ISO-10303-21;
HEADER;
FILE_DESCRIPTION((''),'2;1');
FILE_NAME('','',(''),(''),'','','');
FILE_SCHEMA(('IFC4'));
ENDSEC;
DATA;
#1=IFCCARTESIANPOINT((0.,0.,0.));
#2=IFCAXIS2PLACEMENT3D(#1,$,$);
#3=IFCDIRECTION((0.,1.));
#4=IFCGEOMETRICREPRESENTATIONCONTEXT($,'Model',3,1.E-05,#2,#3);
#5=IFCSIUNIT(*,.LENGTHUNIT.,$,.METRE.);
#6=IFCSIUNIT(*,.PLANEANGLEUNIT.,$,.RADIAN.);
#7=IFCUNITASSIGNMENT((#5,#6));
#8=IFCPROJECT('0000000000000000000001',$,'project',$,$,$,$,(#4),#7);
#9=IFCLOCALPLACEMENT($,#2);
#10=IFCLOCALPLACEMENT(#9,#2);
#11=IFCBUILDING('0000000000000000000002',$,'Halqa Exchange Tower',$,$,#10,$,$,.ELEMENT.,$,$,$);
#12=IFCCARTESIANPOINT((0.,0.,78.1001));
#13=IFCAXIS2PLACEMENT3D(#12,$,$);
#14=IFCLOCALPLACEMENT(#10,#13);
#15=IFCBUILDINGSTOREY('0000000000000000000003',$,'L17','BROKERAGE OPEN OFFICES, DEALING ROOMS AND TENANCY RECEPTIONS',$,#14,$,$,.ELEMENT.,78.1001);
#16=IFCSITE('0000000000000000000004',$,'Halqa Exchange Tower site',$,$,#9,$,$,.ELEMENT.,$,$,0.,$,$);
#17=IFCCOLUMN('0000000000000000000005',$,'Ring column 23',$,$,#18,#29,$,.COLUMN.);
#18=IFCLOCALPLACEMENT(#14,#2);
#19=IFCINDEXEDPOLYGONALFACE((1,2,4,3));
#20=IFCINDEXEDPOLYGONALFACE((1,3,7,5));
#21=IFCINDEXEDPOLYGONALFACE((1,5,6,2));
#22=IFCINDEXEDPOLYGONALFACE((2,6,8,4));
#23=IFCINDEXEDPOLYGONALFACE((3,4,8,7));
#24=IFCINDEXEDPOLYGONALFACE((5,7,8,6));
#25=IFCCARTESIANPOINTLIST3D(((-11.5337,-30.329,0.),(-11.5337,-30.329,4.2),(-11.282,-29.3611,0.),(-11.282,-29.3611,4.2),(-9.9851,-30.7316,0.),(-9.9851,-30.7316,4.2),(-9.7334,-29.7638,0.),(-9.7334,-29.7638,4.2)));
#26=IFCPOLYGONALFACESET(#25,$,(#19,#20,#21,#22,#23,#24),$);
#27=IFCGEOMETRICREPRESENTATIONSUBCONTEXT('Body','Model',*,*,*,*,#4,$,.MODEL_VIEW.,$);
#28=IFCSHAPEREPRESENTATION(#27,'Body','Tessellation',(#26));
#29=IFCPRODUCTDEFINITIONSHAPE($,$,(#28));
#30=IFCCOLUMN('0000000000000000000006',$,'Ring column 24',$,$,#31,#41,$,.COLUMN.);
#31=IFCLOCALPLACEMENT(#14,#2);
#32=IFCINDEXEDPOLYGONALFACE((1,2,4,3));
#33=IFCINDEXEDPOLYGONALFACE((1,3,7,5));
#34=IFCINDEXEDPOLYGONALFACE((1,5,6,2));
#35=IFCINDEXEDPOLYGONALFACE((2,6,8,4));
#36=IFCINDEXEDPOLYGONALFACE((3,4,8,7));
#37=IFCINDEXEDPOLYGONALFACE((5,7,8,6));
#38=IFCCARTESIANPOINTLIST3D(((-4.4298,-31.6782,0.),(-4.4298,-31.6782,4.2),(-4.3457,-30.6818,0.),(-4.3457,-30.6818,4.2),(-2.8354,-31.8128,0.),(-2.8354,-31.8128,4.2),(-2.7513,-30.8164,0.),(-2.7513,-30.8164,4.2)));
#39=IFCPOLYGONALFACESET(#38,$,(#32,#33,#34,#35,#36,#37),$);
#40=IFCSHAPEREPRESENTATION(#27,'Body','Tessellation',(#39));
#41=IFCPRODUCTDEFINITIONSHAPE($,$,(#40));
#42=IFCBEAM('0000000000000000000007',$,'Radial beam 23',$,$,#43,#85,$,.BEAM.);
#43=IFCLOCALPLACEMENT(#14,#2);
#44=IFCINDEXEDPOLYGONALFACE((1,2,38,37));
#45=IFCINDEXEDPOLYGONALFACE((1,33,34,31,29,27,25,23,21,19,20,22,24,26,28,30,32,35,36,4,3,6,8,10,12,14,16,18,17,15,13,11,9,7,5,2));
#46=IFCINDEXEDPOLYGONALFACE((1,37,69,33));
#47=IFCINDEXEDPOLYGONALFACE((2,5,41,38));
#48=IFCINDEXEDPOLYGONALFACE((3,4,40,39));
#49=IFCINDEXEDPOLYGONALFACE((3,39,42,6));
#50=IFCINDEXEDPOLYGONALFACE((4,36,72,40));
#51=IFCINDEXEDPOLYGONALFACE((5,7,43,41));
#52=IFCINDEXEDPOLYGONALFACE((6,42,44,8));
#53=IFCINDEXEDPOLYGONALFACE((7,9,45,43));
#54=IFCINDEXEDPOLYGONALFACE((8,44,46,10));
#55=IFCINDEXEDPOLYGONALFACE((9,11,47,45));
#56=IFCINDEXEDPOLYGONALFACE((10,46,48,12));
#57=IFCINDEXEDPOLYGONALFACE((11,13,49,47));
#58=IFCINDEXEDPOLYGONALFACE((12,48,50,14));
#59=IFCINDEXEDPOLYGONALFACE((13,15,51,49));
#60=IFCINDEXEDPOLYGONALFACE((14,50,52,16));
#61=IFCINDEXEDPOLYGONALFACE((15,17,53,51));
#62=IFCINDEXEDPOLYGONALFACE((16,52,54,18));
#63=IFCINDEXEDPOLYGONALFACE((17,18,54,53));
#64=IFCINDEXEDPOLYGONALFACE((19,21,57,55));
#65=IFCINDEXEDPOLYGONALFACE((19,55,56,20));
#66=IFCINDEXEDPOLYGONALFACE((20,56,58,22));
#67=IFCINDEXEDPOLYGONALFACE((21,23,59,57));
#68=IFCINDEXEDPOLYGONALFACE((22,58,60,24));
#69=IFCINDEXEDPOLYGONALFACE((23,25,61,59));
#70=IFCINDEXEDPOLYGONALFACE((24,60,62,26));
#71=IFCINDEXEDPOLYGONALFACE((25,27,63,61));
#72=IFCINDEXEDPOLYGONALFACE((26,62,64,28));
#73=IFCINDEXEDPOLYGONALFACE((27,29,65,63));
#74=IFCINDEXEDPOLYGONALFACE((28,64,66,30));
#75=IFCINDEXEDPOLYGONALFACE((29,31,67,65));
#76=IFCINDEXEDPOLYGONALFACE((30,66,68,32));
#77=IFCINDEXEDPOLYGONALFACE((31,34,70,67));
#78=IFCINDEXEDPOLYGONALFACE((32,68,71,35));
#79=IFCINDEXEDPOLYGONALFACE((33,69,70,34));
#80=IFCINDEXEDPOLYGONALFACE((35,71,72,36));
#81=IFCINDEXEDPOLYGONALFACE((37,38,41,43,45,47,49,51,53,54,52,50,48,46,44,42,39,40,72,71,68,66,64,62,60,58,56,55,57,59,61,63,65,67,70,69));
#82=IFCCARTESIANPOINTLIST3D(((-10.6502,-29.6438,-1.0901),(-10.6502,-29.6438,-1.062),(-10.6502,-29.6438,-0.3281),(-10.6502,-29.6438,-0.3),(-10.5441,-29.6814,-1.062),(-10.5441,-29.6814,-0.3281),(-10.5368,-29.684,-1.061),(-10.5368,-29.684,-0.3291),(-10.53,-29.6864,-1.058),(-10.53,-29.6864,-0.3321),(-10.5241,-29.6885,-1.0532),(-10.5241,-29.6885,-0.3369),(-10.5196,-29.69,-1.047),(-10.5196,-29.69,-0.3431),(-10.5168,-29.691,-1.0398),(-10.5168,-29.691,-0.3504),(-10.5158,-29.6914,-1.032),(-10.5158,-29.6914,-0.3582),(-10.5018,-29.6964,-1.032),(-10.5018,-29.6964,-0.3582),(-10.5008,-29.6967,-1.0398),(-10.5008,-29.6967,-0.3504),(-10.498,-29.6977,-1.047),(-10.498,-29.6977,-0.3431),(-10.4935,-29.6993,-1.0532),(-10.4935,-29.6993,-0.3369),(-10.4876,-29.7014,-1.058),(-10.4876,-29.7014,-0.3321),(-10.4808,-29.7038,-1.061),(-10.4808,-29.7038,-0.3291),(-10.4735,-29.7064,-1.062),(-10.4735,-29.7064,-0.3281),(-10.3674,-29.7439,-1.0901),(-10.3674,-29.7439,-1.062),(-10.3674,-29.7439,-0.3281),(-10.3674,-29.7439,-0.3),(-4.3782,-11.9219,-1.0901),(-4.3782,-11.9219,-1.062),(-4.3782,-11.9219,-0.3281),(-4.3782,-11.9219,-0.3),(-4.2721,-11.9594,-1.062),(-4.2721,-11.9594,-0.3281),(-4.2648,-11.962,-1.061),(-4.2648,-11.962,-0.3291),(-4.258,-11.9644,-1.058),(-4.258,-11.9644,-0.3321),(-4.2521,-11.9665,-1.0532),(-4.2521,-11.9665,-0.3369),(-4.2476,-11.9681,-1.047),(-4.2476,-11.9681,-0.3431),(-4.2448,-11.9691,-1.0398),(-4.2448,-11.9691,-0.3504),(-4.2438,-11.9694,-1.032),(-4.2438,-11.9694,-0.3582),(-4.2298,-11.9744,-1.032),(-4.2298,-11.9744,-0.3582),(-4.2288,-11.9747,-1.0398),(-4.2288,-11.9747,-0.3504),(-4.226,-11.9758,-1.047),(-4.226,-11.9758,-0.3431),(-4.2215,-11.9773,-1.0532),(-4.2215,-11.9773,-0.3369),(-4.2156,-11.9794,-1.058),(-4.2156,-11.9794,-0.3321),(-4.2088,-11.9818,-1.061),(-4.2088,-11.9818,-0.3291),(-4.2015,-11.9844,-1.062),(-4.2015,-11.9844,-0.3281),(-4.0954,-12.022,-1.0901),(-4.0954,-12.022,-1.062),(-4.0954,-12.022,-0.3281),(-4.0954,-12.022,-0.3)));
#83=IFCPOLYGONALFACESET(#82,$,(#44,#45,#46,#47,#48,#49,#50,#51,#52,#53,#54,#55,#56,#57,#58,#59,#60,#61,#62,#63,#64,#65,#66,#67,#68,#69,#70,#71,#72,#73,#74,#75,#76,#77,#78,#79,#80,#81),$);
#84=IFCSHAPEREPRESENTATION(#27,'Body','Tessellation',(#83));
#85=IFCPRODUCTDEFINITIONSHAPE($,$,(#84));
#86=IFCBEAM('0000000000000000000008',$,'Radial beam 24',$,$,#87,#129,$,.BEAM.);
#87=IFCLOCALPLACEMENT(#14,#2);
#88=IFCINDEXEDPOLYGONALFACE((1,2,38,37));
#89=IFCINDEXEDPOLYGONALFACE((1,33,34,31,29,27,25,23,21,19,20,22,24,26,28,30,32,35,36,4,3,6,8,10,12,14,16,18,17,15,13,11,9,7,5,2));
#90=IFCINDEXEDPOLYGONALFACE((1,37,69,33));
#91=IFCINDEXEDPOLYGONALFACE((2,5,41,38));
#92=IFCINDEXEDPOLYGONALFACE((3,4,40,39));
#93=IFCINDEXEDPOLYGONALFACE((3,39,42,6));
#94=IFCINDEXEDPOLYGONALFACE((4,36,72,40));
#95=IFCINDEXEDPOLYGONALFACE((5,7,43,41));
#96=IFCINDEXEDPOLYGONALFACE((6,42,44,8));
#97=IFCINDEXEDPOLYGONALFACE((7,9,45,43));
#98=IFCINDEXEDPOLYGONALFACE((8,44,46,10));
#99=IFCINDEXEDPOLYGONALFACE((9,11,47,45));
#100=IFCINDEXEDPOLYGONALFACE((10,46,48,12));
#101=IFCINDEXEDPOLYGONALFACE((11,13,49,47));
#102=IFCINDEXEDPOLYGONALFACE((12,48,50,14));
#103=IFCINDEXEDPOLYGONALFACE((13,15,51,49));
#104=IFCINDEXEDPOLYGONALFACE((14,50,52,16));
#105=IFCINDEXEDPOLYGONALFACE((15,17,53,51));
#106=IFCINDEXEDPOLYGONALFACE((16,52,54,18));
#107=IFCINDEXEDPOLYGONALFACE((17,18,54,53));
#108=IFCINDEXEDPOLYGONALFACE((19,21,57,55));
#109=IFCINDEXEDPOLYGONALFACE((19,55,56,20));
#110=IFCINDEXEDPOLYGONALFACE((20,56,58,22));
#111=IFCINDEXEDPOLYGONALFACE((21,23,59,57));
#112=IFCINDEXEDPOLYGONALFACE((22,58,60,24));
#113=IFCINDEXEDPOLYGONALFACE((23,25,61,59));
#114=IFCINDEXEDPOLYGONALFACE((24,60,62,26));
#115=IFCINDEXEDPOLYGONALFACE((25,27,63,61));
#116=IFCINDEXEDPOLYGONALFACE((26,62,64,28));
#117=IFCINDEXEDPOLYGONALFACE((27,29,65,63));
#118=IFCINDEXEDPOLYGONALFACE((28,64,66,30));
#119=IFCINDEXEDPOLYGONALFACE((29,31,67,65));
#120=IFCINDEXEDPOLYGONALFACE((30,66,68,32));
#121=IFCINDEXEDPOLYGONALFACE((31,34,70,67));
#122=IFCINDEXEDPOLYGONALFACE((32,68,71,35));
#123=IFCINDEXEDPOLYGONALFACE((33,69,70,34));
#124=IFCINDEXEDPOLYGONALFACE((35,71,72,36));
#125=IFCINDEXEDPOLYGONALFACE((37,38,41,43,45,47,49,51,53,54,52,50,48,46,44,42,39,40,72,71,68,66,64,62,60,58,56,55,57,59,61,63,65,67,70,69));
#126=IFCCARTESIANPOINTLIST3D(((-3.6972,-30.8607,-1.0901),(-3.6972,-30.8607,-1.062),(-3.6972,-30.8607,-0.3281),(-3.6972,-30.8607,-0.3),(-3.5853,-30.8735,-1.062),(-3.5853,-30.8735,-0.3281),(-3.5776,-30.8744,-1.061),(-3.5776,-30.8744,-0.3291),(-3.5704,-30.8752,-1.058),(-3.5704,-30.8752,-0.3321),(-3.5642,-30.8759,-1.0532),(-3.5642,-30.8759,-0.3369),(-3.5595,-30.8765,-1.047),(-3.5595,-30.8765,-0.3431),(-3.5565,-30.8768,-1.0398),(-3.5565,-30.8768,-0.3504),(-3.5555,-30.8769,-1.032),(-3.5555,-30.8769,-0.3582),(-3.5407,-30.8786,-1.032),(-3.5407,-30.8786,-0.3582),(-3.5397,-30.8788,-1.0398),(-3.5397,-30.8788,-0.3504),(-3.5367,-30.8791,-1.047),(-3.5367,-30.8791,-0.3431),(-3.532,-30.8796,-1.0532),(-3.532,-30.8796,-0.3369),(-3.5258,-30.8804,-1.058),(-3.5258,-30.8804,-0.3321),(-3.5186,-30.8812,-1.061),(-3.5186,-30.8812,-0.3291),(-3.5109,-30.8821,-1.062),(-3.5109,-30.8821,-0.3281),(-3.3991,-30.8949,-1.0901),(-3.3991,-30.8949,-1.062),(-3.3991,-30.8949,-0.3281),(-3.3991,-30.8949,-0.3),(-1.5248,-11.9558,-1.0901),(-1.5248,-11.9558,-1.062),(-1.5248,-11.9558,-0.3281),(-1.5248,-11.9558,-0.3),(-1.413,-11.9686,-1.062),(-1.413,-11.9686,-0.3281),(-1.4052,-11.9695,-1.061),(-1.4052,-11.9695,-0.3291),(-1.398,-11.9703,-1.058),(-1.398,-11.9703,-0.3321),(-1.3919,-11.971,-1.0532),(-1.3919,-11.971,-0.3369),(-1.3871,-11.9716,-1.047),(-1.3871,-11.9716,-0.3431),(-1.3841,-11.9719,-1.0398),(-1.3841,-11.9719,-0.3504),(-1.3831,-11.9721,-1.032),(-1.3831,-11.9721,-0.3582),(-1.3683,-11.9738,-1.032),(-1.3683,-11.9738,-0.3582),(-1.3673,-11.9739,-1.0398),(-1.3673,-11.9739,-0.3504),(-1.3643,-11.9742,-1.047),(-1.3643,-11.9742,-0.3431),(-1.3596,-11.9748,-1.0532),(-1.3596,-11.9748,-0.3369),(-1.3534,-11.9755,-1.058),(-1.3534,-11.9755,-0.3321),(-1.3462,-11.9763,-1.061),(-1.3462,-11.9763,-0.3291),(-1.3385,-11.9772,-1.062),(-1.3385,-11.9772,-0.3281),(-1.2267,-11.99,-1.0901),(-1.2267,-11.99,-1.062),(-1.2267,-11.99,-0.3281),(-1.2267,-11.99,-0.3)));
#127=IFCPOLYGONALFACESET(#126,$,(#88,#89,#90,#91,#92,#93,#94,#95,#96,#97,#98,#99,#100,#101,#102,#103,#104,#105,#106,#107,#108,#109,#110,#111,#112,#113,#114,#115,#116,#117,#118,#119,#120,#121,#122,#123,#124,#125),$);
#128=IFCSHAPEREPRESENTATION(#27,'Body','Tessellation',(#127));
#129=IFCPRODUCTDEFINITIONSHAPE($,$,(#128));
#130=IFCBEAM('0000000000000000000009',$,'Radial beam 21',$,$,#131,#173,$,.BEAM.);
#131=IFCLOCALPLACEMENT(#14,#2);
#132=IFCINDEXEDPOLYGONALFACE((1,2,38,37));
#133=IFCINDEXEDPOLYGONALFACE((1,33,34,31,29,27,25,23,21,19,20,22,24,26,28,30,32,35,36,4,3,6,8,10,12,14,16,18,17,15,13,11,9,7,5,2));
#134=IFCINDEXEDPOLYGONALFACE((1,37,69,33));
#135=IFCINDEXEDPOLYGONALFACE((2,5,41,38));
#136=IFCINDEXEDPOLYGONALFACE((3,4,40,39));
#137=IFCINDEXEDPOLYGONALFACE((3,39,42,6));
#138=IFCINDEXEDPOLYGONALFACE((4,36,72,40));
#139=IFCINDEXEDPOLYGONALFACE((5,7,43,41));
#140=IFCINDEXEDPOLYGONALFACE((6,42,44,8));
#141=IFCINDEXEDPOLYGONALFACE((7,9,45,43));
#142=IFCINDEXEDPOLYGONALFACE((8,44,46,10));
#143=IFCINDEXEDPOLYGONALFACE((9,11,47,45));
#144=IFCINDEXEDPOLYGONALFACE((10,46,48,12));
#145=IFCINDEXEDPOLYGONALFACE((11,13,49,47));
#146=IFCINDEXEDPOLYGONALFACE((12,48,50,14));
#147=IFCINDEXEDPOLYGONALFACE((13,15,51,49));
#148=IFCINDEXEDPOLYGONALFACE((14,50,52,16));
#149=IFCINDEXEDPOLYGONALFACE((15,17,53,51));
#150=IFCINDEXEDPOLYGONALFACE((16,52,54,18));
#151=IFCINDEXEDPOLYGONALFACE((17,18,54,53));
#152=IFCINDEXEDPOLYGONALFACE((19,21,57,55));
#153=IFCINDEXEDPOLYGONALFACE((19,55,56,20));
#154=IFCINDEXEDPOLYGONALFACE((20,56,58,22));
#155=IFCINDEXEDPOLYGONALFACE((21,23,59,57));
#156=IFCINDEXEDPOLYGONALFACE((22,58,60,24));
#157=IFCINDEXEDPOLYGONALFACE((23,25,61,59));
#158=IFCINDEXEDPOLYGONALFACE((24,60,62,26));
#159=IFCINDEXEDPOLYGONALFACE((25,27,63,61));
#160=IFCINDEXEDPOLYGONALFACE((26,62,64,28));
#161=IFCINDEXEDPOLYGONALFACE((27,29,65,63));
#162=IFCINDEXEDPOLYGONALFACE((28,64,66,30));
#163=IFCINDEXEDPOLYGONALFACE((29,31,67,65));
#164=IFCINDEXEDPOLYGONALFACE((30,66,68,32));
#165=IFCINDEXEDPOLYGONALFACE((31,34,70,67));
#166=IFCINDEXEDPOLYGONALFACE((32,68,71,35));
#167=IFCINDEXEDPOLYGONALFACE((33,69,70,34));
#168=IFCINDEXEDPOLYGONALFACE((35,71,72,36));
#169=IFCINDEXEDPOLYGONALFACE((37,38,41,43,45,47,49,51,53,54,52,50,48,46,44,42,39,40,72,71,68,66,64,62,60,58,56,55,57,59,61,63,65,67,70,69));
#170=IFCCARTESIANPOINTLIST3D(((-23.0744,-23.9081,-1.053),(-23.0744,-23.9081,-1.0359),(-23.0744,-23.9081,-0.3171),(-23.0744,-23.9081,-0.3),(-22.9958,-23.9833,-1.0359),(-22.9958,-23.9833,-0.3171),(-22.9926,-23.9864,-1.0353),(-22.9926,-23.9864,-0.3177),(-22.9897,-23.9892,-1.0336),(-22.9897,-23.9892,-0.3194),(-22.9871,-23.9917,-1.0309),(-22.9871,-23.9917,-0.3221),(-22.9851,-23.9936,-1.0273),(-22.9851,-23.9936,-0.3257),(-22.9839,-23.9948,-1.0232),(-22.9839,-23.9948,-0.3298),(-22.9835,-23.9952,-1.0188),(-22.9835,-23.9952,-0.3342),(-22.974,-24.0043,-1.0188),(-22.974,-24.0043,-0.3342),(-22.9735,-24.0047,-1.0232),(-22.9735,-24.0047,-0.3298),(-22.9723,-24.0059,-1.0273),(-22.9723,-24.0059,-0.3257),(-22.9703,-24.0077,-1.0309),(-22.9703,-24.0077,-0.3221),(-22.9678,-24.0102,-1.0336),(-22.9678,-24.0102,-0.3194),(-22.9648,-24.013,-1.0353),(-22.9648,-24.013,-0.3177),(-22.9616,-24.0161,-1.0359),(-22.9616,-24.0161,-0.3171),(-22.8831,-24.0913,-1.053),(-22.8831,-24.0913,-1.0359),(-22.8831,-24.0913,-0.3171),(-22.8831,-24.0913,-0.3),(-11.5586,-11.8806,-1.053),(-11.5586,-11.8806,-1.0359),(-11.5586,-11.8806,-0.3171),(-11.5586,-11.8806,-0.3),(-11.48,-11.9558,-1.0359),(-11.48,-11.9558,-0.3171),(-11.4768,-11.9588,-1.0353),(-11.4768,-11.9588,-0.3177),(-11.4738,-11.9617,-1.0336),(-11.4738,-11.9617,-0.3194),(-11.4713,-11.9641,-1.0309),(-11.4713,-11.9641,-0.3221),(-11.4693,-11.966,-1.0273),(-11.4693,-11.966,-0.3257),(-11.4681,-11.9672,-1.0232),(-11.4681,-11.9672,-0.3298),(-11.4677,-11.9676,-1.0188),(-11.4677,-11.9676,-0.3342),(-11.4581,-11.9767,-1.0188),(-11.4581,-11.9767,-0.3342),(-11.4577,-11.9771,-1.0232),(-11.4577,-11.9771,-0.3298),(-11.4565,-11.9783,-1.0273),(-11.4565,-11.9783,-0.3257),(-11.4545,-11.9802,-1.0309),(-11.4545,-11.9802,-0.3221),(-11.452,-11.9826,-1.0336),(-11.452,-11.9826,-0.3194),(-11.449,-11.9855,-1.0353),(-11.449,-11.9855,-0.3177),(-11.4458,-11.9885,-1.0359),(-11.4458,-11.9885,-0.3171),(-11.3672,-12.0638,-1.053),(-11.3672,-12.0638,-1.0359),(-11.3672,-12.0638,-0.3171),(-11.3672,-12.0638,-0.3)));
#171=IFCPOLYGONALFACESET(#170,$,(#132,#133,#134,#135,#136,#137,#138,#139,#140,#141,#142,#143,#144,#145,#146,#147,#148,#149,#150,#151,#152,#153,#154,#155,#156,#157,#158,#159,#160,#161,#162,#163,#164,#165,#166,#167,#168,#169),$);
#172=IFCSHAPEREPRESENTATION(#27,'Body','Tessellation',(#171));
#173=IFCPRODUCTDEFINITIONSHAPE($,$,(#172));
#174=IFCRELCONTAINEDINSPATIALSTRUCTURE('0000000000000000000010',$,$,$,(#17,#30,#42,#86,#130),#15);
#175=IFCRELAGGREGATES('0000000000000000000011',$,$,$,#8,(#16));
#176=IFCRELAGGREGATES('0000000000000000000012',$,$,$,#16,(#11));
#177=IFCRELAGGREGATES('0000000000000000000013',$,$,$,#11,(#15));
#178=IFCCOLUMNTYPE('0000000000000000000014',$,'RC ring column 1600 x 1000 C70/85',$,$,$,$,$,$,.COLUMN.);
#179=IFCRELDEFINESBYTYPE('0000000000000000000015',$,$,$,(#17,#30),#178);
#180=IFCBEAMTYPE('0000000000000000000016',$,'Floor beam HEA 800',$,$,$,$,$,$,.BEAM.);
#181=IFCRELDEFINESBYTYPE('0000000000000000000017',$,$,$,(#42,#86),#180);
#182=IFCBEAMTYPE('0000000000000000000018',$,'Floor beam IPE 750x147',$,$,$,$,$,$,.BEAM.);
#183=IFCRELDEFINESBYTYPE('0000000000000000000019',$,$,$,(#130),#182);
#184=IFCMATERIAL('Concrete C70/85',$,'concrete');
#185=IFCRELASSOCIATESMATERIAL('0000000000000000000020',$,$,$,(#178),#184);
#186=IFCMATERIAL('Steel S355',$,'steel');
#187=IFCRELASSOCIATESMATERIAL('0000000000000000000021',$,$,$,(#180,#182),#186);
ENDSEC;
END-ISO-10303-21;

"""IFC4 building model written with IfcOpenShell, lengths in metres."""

from ifc_helpers import new_model, si_unit, direction, frame, origin, origin_2d, place, context, subcontext, project, spatial, rectangle, i_section, extrude, material, material_profile, profile_set, type_object, element, save


model = new_model("IFC4")

# Units and contexts
model_context = context("Model", 3, precision=1e-05, world=origin(), true_north=direction((0.0, 1.0)))
body_context = subcontext(model_context, "Body", "Model", "MODEL_VIEW")
ifc_project = project(units=[si_unit("LENGTHUNIT", "METRE"), si_unit("PLANEANGLEUNIT", "RADIAN")], contexts=[model_context])

# Site, building, storey
site_placement = place(None, origin())
site = spatial("IfcSite", under=ifc_project, at=site_placement, Name="Halqa Exchange Tower site", CompositionType="ELEMENT", RefElevation=0.0)
building_placement = place(site_placement, origin())
building = spatial("IfcBuilding", under=site, at=building_placement, Name="Halqa Exchange Tower", CompositionType="ELEMENT")
storey_placement = place(building_placement, frame((0.0, 0.0, 78.1001)))
storey = spatial("IfcBuildingStorey", under=building, at=storey_placement, Name="L17", Description="BROKERAGE OPEN OFFICES, DEALING ROOMS AND TENANCY RECEPTIONS", CompositionType="ELEMENT", Elevation=78.1001)

# Columns
ifc_material_1 = material(Name="Concrete C70/85", Category="concrete")
ifc_material_profile_1 = material_profile(ifc_material_1, rectangle(XDim=1.6001, YDim=1.0, at=origin_2d()), Name="1600 x 1000")
ifc_profile_set_1 = profile_set([ifc_material_profile_1], Name="Concrete C70/85")
column_type = type_object("IfcColumnType", Name="RC ring column 1600 x 1000 C70/85", PredefinedType="COLUMN", material=ifc_profile_set_1)
for number, where, z_axis, x_axis, name in (
    (1, (-10.6335, -30.0464, 0.0), (0.0, 0.0, 1.0), (0.96782, -0.251644, 0.0), "Ring column 23"),
    (2, (-3.5906, -31.2473, 0.0), (0.0, 0.0, 1.0), (0.996456, -0.084121, 0.0), "Ring column 24"),
):
    element("IfcColumn", number, at=place(storey_placement, frame(where, z_axis=z_axis, x_axis=x_axis)), inside=storey, type_object=column_type, Name=name, PredefinedType="COLUMN", context=body_context, shape_type="SweptSolid", body=[
        extrude(rectangle(XDim=1.6001, YDim=1.0, at=origin_2d()), origin(), (0.0, 0.0, 1.0), 4.2),
    ])

# Beams
ifc_material_2 = material(Name="Steel S355", Category="steel")
ifc_material_profile_2 = material_profile(ifc_material_2, i_section(OverallWidth=0.3, OverallDepth=0.79, WebThickness=0.0149, FlangeThickness=0.0281, FilletRadius=0.03, at=origin_2d()), Name="HEA 800")
ifc_profile_set_2 = profile_set([ifc_material_profile_2], Name="Steel S355")
beam_type_1 = type_object("IfcBeamType", Name="Floor beam HEA 800", PredefinedType="BEAM", material=ifc_profile_set_2)
beam_1_placement = place(storey_placement, frame((-4.2368, -11.9719, -0.6951), z_axis=(-0.333632, -0.942703, 0.0), x_axis=(0.942703, -0.333632, 0.0)))
element("IfcBeam", 3, at=beam_1_placement, inside=storey, type_object=beam_type_1, Name="Radial beam 23", PredefinedType="BEAM", context=body_context, shape_type="SweptSolid", body=[
    extrude(i_section(OverallWidth=0.3, OverallDepth=0.79, WebThickness=0.0149, FlangeThickness=0.0281, FilletRadius=0.03, at=origin_2d()), origin(), (0.0, 0.0, 1.0), 18.7991),
])
beam_2_placement = place(storey_placement, frame((-1.3757, -11.9729, -0.6951), z_axis=(-0.11416, -0.993462, 0.0), x_axis=(0.993462, -0.11416, 0.0)))
element("IfcBeam", 4, at=beam_2_placement, inside=storey, type_object=beam_type_1, Name="Radial beam 24", PredefinedType="BEAM", context=body_context, shape_type="SweptSolid", body=[
    extrude(i_section(OverallWidth=0.3, OverallDepth=0.79, WebThickness=0.0149, FlangeThickness=0.0281, FilletRadius=0.03, at=origin_2d()), origin(), (0.0, 0.0, 1.0), 19.0293),
])
ifc_material_profile_3 = material_profile(ifc_material_2, i_section(OverallWidth=0.2649, OverallDepth=0.7529, WebThickness=0.0132, FlangeThickness=0.0171, FilletRadius=0.0171, at=origin_2d()), Name="IPE 750x147")
ifc_profile_set_3 = profile_set([ifc_material_profile_3], Name="Steel S355")
beam_type_2 = type_object("IfcBeamType", Name="Floor beam IPE 750x147", PredefinedType="BEAM", material=ifc_profile_set_3)
beam_3_placement = place(storey_placement, frame((-11.4629, -11.9722, -0.6765), z_axis=(-0.691574, -0.722305, 0.0), x_axis=(0.722305, -0.691574, 0.0)))
element("IfcBeam", 5, at=beam_3_placement, inside=storey, type_object=beam_type_2, Name="Radial beam 21", PredefinedType="BEAM", context=body_context, shape_type="SweptSolid", body=[
    extrude(i_section(OverallWidth=0.2649, OverallDepth=0.7529, WebThickness=0.0132, FlangeThickness=0.0171, FilletRadius=0.0171, at=origin_2d()), origin(), (0.0, 0.0, 1.0), 16.6516),
])

save(model, "model.ifc")
